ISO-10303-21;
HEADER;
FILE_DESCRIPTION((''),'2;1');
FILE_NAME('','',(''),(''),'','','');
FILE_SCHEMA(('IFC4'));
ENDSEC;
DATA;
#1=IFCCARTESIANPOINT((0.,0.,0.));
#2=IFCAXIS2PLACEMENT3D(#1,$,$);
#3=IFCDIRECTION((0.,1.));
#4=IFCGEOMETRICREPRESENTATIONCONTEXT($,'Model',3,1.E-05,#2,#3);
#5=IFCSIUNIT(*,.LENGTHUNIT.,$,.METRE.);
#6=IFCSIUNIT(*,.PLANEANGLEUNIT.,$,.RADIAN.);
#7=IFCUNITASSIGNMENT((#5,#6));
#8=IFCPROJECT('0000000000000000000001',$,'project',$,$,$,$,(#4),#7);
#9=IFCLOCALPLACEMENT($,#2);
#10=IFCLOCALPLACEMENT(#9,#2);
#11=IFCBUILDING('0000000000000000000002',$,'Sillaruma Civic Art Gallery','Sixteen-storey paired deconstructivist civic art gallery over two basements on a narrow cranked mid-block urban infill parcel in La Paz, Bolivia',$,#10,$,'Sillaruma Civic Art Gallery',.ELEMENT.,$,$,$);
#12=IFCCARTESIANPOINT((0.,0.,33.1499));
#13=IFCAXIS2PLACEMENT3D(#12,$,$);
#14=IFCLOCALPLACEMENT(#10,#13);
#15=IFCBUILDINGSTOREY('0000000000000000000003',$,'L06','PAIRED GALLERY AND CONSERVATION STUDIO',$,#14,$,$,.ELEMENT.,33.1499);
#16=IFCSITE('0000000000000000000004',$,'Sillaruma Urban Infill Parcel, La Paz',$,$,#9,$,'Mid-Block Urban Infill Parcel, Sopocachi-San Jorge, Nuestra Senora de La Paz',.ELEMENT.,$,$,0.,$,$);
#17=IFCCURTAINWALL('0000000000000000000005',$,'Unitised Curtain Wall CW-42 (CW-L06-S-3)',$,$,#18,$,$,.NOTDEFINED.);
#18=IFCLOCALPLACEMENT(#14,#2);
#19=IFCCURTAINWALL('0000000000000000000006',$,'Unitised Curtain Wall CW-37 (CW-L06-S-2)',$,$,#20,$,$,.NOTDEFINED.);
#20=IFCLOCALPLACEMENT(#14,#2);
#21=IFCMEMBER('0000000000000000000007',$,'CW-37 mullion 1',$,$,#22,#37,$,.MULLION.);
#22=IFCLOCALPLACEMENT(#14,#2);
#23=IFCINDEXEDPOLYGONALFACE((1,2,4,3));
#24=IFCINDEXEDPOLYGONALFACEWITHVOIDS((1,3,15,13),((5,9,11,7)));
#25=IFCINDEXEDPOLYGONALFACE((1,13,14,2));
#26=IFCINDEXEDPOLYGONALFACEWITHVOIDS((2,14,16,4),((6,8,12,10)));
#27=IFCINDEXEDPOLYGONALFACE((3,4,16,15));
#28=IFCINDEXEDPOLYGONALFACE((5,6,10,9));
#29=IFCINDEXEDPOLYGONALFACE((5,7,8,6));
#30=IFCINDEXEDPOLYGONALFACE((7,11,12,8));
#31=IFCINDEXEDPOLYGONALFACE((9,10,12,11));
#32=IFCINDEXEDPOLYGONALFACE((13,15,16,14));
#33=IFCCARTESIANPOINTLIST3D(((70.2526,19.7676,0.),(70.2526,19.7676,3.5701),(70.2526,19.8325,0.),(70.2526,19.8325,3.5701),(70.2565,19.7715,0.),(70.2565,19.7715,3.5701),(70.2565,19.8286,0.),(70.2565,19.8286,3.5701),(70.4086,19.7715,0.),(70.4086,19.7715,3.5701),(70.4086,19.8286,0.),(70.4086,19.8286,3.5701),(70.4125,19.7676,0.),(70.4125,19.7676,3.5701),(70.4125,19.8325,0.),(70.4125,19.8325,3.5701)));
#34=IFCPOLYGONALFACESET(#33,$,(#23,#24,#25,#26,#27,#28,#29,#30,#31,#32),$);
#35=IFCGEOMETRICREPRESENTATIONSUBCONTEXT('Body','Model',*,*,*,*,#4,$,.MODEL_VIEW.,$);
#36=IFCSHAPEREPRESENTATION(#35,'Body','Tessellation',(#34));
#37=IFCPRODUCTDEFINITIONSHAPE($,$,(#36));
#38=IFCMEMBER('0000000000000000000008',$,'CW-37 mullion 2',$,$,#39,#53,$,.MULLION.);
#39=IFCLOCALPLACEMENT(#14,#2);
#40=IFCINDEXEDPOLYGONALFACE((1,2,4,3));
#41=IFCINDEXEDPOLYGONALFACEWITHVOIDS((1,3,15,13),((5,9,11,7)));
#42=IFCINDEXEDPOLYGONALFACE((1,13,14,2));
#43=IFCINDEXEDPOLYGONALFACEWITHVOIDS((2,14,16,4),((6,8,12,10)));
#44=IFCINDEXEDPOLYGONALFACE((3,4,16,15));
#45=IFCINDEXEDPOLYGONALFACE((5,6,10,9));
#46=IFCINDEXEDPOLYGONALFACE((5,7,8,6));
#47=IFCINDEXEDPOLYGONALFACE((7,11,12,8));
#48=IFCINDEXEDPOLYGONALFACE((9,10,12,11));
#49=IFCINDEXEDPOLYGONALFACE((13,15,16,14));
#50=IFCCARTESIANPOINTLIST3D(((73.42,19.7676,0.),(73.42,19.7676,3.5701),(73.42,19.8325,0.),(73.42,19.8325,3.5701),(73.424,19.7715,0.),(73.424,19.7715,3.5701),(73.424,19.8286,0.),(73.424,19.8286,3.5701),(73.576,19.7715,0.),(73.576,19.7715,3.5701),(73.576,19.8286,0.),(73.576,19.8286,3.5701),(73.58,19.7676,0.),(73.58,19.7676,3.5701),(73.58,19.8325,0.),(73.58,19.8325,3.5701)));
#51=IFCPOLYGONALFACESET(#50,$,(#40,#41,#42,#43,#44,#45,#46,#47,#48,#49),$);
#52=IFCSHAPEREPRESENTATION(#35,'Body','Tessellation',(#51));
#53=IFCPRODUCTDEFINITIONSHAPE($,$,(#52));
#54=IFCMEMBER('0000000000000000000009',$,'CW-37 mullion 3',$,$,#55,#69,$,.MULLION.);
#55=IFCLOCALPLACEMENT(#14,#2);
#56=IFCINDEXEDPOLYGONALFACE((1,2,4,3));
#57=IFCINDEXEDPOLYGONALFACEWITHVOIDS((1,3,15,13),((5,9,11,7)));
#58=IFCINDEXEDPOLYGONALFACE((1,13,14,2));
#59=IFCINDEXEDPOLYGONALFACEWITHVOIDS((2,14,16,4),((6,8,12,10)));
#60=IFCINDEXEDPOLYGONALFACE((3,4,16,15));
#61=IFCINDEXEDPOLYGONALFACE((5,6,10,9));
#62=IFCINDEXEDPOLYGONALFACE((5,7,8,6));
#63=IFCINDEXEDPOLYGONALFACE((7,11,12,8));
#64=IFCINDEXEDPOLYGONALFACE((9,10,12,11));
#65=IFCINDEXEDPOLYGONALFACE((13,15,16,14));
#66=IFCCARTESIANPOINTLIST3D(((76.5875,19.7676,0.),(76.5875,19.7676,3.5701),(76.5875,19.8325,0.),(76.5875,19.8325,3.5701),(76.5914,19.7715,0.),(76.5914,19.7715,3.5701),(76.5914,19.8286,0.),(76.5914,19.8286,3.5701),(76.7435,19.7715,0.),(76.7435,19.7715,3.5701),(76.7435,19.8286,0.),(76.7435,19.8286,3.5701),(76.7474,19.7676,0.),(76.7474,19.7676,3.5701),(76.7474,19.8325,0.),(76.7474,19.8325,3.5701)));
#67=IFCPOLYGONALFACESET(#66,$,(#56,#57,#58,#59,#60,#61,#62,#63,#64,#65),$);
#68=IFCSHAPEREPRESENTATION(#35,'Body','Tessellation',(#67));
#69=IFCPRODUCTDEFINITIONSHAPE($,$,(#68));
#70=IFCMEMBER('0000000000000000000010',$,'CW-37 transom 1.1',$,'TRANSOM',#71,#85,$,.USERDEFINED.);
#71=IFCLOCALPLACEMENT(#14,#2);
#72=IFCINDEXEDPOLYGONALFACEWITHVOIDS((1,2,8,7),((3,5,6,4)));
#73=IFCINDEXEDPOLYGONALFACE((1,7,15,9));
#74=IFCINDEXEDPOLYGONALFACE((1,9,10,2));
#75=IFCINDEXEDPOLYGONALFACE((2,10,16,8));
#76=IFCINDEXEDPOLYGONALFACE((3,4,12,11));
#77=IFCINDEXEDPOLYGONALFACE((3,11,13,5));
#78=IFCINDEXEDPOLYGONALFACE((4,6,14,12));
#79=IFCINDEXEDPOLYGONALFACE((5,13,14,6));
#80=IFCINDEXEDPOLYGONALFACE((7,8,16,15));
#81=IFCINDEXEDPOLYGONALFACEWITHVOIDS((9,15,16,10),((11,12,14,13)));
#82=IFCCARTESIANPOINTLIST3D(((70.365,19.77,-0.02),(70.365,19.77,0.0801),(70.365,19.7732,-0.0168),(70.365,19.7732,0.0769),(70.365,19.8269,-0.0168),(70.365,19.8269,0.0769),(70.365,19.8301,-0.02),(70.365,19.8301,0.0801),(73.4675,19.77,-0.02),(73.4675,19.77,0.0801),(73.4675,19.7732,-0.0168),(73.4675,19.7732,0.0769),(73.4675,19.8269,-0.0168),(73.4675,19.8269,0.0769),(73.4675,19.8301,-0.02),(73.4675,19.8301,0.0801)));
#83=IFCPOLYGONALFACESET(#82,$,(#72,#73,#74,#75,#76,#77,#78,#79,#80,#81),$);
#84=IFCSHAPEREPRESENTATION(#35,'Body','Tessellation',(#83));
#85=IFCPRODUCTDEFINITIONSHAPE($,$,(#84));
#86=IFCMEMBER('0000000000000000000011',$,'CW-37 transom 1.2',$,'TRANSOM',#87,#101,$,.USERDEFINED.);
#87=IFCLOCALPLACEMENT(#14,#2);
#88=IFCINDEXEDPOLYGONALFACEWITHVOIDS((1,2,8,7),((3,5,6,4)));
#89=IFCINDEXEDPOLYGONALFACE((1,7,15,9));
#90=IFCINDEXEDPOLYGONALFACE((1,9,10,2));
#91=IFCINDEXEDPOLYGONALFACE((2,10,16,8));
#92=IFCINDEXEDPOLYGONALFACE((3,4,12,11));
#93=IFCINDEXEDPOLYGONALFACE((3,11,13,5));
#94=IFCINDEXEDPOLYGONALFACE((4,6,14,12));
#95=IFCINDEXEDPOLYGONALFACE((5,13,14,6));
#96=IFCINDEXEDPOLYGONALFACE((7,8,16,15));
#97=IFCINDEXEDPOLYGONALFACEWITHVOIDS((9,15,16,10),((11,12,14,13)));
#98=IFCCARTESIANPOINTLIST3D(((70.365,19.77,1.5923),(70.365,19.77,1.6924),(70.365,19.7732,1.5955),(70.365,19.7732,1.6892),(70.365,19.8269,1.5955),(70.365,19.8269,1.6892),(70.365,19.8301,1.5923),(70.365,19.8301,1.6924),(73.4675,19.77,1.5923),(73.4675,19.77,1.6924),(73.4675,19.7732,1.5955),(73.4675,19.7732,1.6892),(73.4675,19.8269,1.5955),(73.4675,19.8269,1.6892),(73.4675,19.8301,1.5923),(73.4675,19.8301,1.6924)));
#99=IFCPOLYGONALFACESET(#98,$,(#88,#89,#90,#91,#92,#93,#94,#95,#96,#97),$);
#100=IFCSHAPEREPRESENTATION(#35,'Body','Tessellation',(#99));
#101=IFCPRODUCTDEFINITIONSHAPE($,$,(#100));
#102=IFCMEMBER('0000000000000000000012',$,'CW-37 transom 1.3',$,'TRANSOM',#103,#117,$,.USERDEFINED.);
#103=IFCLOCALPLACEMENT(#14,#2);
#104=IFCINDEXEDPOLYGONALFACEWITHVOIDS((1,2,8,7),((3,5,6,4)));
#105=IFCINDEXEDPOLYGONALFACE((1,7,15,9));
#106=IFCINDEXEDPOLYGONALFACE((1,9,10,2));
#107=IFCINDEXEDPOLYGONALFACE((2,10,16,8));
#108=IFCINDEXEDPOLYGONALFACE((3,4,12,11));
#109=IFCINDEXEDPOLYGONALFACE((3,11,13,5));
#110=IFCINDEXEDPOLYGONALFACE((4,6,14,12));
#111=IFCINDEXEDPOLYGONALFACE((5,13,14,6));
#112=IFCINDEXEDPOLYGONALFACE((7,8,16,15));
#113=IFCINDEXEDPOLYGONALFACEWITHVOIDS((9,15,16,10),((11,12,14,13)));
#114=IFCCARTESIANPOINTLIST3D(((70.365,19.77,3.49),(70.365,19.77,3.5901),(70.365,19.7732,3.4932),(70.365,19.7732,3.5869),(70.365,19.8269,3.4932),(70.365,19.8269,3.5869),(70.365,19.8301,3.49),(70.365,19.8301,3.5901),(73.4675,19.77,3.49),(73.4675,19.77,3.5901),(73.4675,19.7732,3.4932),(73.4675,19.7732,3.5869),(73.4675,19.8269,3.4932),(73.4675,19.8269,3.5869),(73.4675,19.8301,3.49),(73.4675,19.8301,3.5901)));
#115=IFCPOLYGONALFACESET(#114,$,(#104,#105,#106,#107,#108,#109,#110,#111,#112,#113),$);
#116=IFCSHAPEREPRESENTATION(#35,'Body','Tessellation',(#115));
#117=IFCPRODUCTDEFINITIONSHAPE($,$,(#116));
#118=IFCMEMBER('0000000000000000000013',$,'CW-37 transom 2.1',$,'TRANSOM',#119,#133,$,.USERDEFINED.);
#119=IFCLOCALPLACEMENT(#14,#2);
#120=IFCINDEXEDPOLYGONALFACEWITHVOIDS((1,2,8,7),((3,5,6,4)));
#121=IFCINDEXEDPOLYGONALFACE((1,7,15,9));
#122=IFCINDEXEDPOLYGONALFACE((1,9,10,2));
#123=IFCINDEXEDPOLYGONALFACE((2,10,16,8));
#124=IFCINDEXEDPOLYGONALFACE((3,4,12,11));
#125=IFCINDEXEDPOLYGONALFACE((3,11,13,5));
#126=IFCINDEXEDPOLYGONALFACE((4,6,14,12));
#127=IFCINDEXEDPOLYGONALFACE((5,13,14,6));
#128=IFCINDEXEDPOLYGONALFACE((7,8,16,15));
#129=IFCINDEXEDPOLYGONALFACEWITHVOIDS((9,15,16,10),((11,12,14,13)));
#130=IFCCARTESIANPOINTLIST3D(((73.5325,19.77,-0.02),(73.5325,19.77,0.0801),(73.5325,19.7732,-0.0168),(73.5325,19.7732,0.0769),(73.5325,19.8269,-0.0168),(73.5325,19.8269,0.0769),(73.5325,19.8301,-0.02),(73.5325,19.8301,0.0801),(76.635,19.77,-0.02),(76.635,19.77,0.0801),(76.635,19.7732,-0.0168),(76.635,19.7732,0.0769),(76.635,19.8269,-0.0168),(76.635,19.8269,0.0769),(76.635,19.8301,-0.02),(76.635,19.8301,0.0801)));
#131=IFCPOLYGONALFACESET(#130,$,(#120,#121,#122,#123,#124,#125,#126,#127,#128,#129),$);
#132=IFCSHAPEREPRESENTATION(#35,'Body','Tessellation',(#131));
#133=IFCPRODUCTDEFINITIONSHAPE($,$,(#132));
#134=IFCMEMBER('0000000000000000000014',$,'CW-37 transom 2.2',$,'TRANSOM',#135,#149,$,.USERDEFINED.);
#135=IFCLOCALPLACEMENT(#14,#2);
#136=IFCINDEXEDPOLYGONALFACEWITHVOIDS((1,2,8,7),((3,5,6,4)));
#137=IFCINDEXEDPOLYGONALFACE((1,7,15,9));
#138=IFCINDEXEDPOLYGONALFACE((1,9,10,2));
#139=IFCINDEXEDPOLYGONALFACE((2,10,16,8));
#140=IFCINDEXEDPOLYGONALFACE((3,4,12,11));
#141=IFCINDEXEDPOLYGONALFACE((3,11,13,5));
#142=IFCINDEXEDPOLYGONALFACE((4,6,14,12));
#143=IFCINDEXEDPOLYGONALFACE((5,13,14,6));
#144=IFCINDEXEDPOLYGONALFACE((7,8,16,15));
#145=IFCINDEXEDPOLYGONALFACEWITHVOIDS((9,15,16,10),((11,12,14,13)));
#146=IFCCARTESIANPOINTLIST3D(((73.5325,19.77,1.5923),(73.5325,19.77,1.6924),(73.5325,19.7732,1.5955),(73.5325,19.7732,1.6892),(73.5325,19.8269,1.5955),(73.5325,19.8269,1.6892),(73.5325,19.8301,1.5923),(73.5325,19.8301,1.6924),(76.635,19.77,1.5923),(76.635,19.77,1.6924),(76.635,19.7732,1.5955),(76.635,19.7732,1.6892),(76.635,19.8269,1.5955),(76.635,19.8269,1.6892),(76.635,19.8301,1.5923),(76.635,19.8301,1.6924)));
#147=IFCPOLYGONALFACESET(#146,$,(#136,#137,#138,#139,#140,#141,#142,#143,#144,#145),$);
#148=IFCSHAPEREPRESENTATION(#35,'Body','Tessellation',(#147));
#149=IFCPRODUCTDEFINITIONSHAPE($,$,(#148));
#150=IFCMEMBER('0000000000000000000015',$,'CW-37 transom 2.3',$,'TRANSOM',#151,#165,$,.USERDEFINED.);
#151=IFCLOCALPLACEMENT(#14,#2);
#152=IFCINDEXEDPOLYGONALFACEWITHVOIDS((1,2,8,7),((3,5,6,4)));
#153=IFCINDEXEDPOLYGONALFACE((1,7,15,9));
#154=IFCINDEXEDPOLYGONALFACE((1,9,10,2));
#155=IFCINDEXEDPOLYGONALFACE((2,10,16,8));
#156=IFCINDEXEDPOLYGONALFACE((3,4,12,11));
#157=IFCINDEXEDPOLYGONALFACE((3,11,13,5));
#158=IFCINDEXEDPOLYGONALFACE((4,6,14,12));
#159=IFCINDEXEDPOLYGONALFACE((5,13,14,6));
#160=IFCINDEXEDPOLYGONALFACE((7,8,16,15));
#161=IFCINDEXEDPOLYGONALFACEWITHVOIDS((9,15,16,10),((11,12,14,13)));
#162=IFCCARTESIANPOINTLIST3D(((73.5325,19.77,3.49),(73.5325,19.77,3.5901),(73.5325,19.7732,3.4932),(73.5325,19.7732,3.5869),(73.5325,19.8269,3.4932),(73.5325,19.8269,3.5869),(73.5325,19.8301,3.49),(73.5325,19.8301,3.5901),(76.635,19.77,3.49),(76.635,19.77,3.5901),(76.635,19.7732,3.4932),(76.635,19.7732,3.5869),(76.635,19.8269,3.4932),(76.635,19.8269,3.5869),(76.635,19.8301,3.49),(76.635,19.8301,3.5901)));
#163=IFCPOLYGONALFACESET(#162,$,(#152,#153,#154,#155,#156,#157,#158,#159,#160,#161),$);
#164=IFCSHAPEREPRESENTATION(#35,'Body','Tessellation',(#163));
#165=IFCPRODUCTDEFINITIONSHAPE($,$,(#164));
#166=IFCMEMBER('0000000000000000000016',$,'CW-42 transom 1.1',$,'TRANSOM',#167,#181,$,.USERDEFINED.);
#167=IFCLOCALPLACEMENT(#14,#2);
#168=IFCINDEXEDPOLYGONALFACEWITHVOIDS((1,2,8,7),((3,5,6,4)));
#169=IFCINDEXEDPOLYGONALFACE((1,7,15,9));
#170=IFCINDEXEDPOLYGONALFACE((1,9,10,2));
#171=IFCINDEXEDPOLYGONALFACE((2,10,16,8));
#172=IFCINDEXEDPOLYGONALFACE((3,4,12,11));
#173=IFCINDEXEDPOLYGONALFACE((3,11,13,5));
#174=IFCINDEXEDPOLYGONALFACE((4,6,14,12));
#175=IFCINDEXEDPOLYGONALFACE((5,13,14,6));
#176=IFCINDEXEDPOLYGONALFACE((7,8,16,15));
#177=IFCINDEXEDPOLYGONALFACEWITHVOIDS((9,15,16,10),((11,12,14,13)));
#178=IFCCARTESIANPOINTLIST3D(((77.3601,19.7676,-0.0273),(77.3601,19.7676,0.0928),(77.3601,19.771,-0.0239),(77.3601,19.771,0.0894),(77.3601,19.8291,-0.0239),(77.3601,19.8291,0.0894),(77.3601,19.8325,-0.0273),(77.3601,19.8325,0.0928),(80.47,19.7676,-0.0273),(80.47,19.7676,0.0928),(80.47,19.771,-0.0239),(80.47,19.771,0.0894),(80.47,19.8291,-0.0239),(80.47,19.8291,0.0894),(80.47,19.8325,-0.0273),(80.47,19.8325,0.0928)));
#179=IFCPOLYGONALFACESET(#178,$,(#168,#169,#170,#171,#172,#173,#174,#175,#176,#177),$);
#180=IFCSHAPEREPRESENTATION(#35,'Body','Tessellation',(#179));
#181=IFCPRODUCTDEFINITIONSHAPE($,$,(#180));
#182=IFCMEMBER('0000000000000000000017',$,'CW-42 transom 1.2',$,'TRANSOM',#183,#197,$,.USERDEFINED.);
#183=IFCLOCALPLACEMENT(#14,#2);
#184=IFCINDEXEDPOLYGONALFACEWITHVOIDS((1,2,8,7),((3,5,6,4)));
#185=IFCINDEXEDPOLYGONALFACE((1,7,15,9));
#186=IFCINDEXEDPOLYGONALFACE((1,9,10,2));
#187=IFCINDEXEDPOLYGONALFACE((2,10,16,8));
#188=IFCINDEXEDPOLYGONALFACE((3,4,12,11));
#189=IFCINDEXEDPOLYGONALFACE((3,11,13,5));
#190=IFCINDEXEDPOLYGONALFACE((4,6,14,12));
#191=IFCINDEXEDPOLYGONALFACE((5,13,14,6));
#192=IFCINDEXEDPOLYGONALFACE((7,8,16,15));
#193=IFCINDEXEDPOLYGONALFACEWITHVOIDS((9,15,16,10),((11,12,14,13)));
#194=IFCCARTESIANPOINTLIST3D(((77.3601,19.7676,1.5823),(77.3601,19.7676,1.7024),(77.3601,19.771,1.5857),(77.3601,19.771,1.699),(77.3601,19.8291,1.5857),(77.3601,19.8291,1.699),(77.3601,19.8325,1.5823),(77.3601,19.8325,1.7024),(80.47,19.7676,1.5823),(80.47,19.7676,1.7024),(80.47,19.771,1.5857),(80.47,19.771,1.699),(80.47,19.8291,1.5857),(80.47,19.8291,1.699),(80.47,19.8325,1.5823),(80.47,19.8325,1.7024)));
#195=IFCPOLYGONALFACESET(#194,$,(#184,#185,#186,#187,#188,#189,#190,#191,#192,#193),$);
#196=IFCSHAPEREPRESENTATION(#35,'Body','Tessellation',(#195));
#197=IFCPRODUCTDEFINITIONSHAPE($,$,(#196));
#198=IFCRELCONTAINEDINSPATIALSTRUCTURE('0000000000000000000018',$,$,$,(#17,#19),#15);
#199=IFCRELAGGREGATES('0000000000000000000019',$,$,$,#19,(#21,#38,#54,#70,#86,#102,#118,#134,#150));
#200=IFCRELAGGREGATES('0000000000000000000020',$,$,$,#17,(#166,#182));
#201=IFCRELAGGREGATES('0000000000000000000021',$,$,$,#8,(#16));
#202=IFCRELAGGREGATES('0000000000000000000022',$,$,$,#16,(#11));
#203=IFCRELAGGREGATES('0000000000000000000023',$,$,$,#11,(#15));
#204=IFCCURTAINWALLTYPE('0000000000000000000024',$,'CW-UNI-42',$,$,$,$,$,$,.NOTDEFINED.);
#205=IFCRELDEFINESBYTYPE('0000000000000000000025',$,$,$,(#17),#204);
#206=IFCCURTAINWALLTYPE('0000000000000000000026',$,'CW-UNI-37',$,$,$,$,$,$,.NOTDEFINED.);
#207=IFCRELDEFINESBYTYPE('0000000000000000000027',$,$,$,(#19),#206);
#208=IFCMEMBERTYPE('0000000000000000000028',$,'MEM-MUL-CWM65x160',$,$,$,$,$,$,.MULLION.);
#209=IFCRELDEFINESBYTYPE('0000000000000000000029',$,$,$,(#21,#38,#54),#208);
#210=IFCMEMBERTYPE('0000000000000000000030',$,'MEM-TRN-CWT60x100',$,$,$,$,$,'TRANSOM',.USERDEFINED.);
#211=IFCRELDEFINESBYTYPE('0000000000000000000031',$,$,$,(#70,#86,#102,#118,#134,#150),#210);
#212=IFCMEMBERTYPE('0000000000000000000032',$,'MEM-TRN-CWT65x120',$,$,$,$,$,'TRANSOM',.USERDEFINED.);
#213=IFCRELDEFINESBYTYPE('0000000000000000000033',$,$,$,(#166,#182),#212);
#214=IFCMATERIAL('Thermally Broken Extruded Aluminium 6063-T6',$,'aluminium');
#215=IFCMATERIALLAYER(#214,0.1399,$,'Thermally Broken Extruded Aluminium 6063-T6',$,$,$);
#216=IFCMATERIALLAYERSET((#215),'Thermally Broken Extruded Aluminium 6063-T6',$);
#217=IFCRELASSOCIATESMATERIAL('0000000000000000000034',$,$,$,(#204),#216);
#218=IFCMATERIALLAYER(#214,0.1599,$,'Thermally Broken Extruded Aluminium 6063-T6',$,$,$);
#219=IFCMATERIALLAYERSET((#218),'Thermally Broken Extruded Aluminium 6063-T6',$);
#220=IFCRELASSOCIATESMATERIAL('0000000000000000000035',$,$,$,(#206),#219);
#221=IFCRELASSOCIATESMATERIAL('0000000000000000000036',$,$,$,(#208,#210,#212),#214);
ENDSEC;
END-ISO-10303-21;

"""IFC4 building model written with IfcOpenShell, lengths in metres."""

from ifc_helpers import new_model, si_unit, direction, frame, origin, origin_2d, place, context, subcontext, project, spatial, hollow_rectangle, extrude, material, layer, layer_set, material_profile, profile_set, type_object, element, aggregate, save


model = new_model("IFC4")

# Units and contexts
model_context = context("Model", 3, precision=1e-05, world=origin(), true_north=direction((0.0, 1.0)))
body_context = subcontext(model_context, "Body", "Model", "MODEL_VIEW")
ifc_project = project(units=[si_unit("LENGTHUNIT", "METRE"), si_unit("PLANEANGLEUNIT", "RADIAN")], contexts=[model_context])

# Site, building, storey
site_placement = place(None, origin())
site = spatial("IfcSite", under=ifc_project, at=site_placement, Name="Sillaruma Urban Infill Parcel, La Paz", LongName="Mid-Block Urban Infill Parcel, Sopocachi-San Jorge, Nuestra Senora de La Paz", CompositionType="ELEMENT", RefElevation=0.0)
building_placement = place(site_placement, origin())
building = spatial("IfcBuilding", under=site, at=building_placement, Name="Sillaruma Civic Art Gallery", Description="Sixteen-storey paired deconstructivist civic art gallery over two basements on a narrow cranked mid-block urban infill parcel in La Paz, Bolivia", LongName="Sillaruma Civic Art Gallery", CompositionType="ELEMENT")
storey_placement = place(building_placement, frame((0.0, 0.0, 33.1499)))
storey = spatial("IfcBuildingStorey", under=building, at=storey_placement, Name="L06", Description="PAIRED GALLERY AND CONSERVATION STUDIO", CompositionType="ELEMENT", Elevation=33.1499)

# Curtain wall
ifc_material_1 = material(Name="Thermally Broken Extruded Aluminium 6063-T6", Category="aluminium")
ifc_layer_1 = layer(ifc_material_1, 0.1399, Name="Thermally Broken Extruded Aluminium 6063-T6")
ifc_layer_set_1 = layer_set([ifc_layer_1], Name="Thermally Broken Extruded Aluminium 6063-T6")
curtain_wall_type_1 = type_object("IfcCurtainWallType", Name="CW-UNI-42", PredefinedType="NOTDEFINED", material=ifc_layer_set_1)
curtain_wall_1_placement = place(storey_placement, origin())
curtain_wall_1 = element("IfcCurtainWall", 1, at=curtain_wall_1_placement, inside=storey, type_object=curtain_wall_type_1, Name="Unitised Curtain Wall CW-42 (CW-L06-S-3)", PredefinedType="NOTDEFINED")

# Curtain wall, members
ifc_layer_2 = layer(ifc_material_1, 0.1599, Name="Thermally Broken Extruded Aluminium 6063-T6")
ifc_layer_set_2 = layer_set([ifc_layer_2], Name="Thermally Broken Extruded Aluminium 6063-T6")
curtain_wall_type_2 = type_object("IfcCurtainWallType", Name="CW-UNI-37", PredefinedType="NOTDEFINED", material=ifc_layer_set_2)
curtain_wall_2_placement = place(storey_placement, origin())
curtain_wall_2 = element("IfcCurtainWall", 2, at=curtain_wall_2_placement, inside=storey, type_object=curtain_wall_type_2, Name="Unitised Curtain Wall CW-37 (CW-L06-S-2)", PredefinedType="NOTDEFINED")
ifc_material_profile_1 = material_profile(ifc_material_1, hollow_rectangle(XDim=0.0649, YDim=0.1599, WallThickness=0.0039, at=origin_2d()), Name="CWM65x160")
ifc_profile_set_1 = profile_set([ifc_material_profile_1], Name="Thermally Broken Extruded Aluminium 6063-T6")
member_type_1 = type_object("IfcMemberType", Name="MEM-MUL-CWM65x160", PredefinedType="MULLION", material=ifc_profile_set_1)
member_1_placement = place(storey_placement, frame((70.3325, 19.8, 0.0), z_axis=(0.0, 0.0, 1.0), x_axis=(0.0, 1.0, 0.0)))
member_1 = element("IfcMember", 3, at=member_1_placement, type_object=member_type_1, Name="CW-37 mullion 1", PredefinedType="MULLION", context=body_context, shape_type="SweptSolid", body=[
    extrude(hollow_rectangle(XDim=0.0649, YDim=0.1599, WallThickness=0.0039, at=origin_2d()), origin(), (0.0, 0.0, 1.0), 3.5701),
])
member_2_placement = place(storey_placement, frame((73.5, 19.8, 0.0), z_axis=(0.0, 0.0, 1.0), x_axis=(0.0, 1.0, 0.0)))
member_2 = element("IfcMember", 4, at=member_2_placement, type_object=member_type_1, Name="CW-37 mullion 2", PredefinedType="MULLION", context=body_context, shape_type="SweptSolid", body=[
    extrude(hollow_rectangle(XDim=0.0649, YDim=0.1599, WallThickness=0.0039, at=origin_2d()), origin(), (0.0, 0.0, 1.0), 3.5701),
])
member_3_placement = place(storey_placement, frame((76.6675, 19.8, 0.0), z_axis=(0.0, 0.0, 1.0), x_axis=(0.0, 1.0, 0.0)))
member_3 = element("IfcMember", 5, at=member_3_placement, type_object=member_type_1, Name="CW-37 mullion 3", PredefinedType="MULLION", context=body_context, shape_type="SweptSolid", body=[
    extrude(hollow_rectangle(XDim=0.0649, YDim=0.1599, WallThickness=0.0039, at=origin_2d()), origin(), (0.0, 0.0, 1.0), 3.5701),
])
ifc_material_profile_2 = material_profile(ifc_material_1, hollow_rectangle(XDim=0.0601, YDim=0.1001, WallThickness=0.0032, at=origin_2d()), Name="CWT60x100")
ifc_profile_set_2 = profile_set([ifc_material_profile_2], Name="Thermally Broken Extruded Aluminium 6063-T6")
member_type_2 = type_object("IfcMemberType", Name="MEM-TRN-CWT60x100", ElementType="TRANSOM", PredefinedType="USERDEFINED", material=ifc_profile_set_2)
member_4_placement = place(storey_placement, frame((70.365, 19.8, 0.03), z_axis=(1.0, 0.0, 0.0), x_axis=(0.0, 1.0, 0.0)))
member_4 = element("IfcMember", 6, at=member_4_placement, type_object=member_type_2, Name="CW-37 transom 1.1", ObjectType="TRANSOM", PredefinedType="USERDEFINED", context=body_context, shape_type="SweptSolid", body=[
    extrude(hollow_rectangle(XDim=0.0601, YDim=0.1001, WallThickness=0.0032, at=origin_2d()), origin(), (0.0, 0.0, 1.0), 3.1025),
])
member_5_placement = place(storey_placement, frame((70.365, 19.8, 1.6423), z_axis=(1.0, 0.0, 0.0), x_axis=(0.0, 1.0, 0.0)))
member_5 = element("IfcMember", 7, at=member_5_placement, type_object=member_type_2, Name="CW-37 transom 1.2", ObjectType="TRANSOM", PredefinedType="USERDEFINED", context=body_context, shape_type="SweptSolid", body=[
    extrude(hollow_rectangle(XDim=0.0601, YDim=0.1001, WallThickness=0.0032, at=origin_2d()), origin(), (0.0, 0.0, 1.0), 3.1025),
])
member_6_placement = place(storey_placement, frame((70.365, 19.8, 3.54), z_axis=(1.0, 0.0, 0.0), x_axis=(0.0, 1.0, 0.0)))
member_6 = element("IfcMember", 8, at=member_6_placement, type_object=member_type_2, Name="CW-37 transom 1.3", ObjectType="TRANSOM", PredefinedType="USERDEFINED", context=body_context, shape_type="SweptSolid", body=[
    extrude(hollow_rectangle(XDim=0.0601, YDim=0.1001, WallThickness=0.0032, at=origin_2d()), origin(), (0.0, 0.0, 1.0), 3.1025),
])
member_7_placement = place(storey_placement, frame((73.5325, 19.8, 0.03), z_axis=(1.0, 0.0, 0.0), x_axis=(0.0, 1.0, 0.0)))
member_7 = element("IfcMember", 9, at=member_7_placement, type_object=member_type_2, Name="CW-37 transom 2.1", ObjectType="TRANSOM", PredefinedType="USERDEFINED", context=body_context, shape_type="SweptSolid", body=[
    extrude(hollow_rectangle(XDim=0.0601, YDim=0.1001, WallThickness=0.0032, at=origin_2d()), origin(), (0.0, 0.0, 1.0), 3.1025),
])
member_8_placement = place(storey_placement, frame((73.5325, 19.8, 1.6423), z_axis=(1.0, 0.0, 0.0), x_axis=(0.0, 1.0, 0.0)))
member_8 = element("IfcMember", 10, at=member_8_placement, type_object=member_type_2, Name="CW-37 transom 2.2", ObjectType="TRANSOM", PredefinedType="USERDEFINED", context=body_context, shape_type="SweptSolid", body=[
    extrude(hollow_rectangle(XDim=0.0601, YDim=0.1001, WallThickness=0.0032, at=origin_2d()), origin(), (0.0, 0.0, 1.0), 3.1025),
])
member_9_placement = place(storey_placement, frame((73.5325, 19.8, 3.54), z_axis=(1.0, 0.0, 0.0), x_axis=(0.0, 1.0, 0.0)))
member_9 = element("IfcMember", 11, at=member_9_placement, type_object=member_type_2, Name="CW-37 transom 2.3", ObjectType="TRANSOM", PredefinedType="USERDEFINED", context=body_context, shape_type="SweptSolid", body=[
    extrude(hollow_rectangle(XDim=0.0601, YDim=0.1001, WallThickness=0.0032, at=origin_2d()), origin(), (0.0, 0.0, 1.0), 3.1025),
])

# Members
ifc_material_profile_3 = material_profile(ifc_material_1, hollow_rectangle(XDim=0.0649, YDim=0.1201, WallThickness=0.0034, at=origin_2d()), Name="CWT65x120")
ifc_profile_set_3 = profile_set([ifc_material_profile_3], Name="Thermally Broken Extruded Aluminium 6063-T6")
member_type_3 = type_object("IfcMemberType", Name="MEM-TRN-CWT65x120", ElementType="TRANSOM", PredefinedType="USERDEFINED", material=ifc_profile_set_3)
member_10_placement = place(storey_placement, frame((77.3601, 19.8, 0.0327), z_axis=(1.0, 0.0, 0.0), x_axis=(0.0, 1.0, 0.0)))
member_10 = element("IfcMember", 12, at=member_10_placement, type_object=member_type_3, Name="CW-42 transom 1.1", ObjectType="TRANSOM", PredefinedType="USERDEFINED", context=body_context, shape_type="SweptSolid", body=[
    extrude(hollow_rectangle(XDim=0.0649, YDim=0.1201, WallThickness=0.0034, at=origin_2d()), origin(), (0.0, 0.0, 1.0), 3.1099),
])
member_11_placement = place(storey_placement, frame((77.3601, 19.8, 1.6423), z_axis=(1.0, 0.0, 0.0), x_axis=(0.0, 1.0, 0.0)))
member_11 = element("IfcMember", 13, at=member_11_placement, type_object=member_type_3, Name="CW-42 transom 1.2", ObjectType="TRANSOM", PredefinedType="USERDEFINED", context=body_context, shape_type="SweptSolid", body=[
    extrude(hollow_rectangle(XDim=0.0649, YDim=0.1201, WallThickness=0.0034, at=origin_2d()), origin(), (0.0, 0.0, 1.0), 3.1099),
])

aggregate(curtain_wall_2, [member_1, member_2, member_3, member_4, member_5, member_6, member_7, member_8, member_9])
aggregate(curtain_wall_1, [member_10, member_11])

save(model, "model.ifc")
